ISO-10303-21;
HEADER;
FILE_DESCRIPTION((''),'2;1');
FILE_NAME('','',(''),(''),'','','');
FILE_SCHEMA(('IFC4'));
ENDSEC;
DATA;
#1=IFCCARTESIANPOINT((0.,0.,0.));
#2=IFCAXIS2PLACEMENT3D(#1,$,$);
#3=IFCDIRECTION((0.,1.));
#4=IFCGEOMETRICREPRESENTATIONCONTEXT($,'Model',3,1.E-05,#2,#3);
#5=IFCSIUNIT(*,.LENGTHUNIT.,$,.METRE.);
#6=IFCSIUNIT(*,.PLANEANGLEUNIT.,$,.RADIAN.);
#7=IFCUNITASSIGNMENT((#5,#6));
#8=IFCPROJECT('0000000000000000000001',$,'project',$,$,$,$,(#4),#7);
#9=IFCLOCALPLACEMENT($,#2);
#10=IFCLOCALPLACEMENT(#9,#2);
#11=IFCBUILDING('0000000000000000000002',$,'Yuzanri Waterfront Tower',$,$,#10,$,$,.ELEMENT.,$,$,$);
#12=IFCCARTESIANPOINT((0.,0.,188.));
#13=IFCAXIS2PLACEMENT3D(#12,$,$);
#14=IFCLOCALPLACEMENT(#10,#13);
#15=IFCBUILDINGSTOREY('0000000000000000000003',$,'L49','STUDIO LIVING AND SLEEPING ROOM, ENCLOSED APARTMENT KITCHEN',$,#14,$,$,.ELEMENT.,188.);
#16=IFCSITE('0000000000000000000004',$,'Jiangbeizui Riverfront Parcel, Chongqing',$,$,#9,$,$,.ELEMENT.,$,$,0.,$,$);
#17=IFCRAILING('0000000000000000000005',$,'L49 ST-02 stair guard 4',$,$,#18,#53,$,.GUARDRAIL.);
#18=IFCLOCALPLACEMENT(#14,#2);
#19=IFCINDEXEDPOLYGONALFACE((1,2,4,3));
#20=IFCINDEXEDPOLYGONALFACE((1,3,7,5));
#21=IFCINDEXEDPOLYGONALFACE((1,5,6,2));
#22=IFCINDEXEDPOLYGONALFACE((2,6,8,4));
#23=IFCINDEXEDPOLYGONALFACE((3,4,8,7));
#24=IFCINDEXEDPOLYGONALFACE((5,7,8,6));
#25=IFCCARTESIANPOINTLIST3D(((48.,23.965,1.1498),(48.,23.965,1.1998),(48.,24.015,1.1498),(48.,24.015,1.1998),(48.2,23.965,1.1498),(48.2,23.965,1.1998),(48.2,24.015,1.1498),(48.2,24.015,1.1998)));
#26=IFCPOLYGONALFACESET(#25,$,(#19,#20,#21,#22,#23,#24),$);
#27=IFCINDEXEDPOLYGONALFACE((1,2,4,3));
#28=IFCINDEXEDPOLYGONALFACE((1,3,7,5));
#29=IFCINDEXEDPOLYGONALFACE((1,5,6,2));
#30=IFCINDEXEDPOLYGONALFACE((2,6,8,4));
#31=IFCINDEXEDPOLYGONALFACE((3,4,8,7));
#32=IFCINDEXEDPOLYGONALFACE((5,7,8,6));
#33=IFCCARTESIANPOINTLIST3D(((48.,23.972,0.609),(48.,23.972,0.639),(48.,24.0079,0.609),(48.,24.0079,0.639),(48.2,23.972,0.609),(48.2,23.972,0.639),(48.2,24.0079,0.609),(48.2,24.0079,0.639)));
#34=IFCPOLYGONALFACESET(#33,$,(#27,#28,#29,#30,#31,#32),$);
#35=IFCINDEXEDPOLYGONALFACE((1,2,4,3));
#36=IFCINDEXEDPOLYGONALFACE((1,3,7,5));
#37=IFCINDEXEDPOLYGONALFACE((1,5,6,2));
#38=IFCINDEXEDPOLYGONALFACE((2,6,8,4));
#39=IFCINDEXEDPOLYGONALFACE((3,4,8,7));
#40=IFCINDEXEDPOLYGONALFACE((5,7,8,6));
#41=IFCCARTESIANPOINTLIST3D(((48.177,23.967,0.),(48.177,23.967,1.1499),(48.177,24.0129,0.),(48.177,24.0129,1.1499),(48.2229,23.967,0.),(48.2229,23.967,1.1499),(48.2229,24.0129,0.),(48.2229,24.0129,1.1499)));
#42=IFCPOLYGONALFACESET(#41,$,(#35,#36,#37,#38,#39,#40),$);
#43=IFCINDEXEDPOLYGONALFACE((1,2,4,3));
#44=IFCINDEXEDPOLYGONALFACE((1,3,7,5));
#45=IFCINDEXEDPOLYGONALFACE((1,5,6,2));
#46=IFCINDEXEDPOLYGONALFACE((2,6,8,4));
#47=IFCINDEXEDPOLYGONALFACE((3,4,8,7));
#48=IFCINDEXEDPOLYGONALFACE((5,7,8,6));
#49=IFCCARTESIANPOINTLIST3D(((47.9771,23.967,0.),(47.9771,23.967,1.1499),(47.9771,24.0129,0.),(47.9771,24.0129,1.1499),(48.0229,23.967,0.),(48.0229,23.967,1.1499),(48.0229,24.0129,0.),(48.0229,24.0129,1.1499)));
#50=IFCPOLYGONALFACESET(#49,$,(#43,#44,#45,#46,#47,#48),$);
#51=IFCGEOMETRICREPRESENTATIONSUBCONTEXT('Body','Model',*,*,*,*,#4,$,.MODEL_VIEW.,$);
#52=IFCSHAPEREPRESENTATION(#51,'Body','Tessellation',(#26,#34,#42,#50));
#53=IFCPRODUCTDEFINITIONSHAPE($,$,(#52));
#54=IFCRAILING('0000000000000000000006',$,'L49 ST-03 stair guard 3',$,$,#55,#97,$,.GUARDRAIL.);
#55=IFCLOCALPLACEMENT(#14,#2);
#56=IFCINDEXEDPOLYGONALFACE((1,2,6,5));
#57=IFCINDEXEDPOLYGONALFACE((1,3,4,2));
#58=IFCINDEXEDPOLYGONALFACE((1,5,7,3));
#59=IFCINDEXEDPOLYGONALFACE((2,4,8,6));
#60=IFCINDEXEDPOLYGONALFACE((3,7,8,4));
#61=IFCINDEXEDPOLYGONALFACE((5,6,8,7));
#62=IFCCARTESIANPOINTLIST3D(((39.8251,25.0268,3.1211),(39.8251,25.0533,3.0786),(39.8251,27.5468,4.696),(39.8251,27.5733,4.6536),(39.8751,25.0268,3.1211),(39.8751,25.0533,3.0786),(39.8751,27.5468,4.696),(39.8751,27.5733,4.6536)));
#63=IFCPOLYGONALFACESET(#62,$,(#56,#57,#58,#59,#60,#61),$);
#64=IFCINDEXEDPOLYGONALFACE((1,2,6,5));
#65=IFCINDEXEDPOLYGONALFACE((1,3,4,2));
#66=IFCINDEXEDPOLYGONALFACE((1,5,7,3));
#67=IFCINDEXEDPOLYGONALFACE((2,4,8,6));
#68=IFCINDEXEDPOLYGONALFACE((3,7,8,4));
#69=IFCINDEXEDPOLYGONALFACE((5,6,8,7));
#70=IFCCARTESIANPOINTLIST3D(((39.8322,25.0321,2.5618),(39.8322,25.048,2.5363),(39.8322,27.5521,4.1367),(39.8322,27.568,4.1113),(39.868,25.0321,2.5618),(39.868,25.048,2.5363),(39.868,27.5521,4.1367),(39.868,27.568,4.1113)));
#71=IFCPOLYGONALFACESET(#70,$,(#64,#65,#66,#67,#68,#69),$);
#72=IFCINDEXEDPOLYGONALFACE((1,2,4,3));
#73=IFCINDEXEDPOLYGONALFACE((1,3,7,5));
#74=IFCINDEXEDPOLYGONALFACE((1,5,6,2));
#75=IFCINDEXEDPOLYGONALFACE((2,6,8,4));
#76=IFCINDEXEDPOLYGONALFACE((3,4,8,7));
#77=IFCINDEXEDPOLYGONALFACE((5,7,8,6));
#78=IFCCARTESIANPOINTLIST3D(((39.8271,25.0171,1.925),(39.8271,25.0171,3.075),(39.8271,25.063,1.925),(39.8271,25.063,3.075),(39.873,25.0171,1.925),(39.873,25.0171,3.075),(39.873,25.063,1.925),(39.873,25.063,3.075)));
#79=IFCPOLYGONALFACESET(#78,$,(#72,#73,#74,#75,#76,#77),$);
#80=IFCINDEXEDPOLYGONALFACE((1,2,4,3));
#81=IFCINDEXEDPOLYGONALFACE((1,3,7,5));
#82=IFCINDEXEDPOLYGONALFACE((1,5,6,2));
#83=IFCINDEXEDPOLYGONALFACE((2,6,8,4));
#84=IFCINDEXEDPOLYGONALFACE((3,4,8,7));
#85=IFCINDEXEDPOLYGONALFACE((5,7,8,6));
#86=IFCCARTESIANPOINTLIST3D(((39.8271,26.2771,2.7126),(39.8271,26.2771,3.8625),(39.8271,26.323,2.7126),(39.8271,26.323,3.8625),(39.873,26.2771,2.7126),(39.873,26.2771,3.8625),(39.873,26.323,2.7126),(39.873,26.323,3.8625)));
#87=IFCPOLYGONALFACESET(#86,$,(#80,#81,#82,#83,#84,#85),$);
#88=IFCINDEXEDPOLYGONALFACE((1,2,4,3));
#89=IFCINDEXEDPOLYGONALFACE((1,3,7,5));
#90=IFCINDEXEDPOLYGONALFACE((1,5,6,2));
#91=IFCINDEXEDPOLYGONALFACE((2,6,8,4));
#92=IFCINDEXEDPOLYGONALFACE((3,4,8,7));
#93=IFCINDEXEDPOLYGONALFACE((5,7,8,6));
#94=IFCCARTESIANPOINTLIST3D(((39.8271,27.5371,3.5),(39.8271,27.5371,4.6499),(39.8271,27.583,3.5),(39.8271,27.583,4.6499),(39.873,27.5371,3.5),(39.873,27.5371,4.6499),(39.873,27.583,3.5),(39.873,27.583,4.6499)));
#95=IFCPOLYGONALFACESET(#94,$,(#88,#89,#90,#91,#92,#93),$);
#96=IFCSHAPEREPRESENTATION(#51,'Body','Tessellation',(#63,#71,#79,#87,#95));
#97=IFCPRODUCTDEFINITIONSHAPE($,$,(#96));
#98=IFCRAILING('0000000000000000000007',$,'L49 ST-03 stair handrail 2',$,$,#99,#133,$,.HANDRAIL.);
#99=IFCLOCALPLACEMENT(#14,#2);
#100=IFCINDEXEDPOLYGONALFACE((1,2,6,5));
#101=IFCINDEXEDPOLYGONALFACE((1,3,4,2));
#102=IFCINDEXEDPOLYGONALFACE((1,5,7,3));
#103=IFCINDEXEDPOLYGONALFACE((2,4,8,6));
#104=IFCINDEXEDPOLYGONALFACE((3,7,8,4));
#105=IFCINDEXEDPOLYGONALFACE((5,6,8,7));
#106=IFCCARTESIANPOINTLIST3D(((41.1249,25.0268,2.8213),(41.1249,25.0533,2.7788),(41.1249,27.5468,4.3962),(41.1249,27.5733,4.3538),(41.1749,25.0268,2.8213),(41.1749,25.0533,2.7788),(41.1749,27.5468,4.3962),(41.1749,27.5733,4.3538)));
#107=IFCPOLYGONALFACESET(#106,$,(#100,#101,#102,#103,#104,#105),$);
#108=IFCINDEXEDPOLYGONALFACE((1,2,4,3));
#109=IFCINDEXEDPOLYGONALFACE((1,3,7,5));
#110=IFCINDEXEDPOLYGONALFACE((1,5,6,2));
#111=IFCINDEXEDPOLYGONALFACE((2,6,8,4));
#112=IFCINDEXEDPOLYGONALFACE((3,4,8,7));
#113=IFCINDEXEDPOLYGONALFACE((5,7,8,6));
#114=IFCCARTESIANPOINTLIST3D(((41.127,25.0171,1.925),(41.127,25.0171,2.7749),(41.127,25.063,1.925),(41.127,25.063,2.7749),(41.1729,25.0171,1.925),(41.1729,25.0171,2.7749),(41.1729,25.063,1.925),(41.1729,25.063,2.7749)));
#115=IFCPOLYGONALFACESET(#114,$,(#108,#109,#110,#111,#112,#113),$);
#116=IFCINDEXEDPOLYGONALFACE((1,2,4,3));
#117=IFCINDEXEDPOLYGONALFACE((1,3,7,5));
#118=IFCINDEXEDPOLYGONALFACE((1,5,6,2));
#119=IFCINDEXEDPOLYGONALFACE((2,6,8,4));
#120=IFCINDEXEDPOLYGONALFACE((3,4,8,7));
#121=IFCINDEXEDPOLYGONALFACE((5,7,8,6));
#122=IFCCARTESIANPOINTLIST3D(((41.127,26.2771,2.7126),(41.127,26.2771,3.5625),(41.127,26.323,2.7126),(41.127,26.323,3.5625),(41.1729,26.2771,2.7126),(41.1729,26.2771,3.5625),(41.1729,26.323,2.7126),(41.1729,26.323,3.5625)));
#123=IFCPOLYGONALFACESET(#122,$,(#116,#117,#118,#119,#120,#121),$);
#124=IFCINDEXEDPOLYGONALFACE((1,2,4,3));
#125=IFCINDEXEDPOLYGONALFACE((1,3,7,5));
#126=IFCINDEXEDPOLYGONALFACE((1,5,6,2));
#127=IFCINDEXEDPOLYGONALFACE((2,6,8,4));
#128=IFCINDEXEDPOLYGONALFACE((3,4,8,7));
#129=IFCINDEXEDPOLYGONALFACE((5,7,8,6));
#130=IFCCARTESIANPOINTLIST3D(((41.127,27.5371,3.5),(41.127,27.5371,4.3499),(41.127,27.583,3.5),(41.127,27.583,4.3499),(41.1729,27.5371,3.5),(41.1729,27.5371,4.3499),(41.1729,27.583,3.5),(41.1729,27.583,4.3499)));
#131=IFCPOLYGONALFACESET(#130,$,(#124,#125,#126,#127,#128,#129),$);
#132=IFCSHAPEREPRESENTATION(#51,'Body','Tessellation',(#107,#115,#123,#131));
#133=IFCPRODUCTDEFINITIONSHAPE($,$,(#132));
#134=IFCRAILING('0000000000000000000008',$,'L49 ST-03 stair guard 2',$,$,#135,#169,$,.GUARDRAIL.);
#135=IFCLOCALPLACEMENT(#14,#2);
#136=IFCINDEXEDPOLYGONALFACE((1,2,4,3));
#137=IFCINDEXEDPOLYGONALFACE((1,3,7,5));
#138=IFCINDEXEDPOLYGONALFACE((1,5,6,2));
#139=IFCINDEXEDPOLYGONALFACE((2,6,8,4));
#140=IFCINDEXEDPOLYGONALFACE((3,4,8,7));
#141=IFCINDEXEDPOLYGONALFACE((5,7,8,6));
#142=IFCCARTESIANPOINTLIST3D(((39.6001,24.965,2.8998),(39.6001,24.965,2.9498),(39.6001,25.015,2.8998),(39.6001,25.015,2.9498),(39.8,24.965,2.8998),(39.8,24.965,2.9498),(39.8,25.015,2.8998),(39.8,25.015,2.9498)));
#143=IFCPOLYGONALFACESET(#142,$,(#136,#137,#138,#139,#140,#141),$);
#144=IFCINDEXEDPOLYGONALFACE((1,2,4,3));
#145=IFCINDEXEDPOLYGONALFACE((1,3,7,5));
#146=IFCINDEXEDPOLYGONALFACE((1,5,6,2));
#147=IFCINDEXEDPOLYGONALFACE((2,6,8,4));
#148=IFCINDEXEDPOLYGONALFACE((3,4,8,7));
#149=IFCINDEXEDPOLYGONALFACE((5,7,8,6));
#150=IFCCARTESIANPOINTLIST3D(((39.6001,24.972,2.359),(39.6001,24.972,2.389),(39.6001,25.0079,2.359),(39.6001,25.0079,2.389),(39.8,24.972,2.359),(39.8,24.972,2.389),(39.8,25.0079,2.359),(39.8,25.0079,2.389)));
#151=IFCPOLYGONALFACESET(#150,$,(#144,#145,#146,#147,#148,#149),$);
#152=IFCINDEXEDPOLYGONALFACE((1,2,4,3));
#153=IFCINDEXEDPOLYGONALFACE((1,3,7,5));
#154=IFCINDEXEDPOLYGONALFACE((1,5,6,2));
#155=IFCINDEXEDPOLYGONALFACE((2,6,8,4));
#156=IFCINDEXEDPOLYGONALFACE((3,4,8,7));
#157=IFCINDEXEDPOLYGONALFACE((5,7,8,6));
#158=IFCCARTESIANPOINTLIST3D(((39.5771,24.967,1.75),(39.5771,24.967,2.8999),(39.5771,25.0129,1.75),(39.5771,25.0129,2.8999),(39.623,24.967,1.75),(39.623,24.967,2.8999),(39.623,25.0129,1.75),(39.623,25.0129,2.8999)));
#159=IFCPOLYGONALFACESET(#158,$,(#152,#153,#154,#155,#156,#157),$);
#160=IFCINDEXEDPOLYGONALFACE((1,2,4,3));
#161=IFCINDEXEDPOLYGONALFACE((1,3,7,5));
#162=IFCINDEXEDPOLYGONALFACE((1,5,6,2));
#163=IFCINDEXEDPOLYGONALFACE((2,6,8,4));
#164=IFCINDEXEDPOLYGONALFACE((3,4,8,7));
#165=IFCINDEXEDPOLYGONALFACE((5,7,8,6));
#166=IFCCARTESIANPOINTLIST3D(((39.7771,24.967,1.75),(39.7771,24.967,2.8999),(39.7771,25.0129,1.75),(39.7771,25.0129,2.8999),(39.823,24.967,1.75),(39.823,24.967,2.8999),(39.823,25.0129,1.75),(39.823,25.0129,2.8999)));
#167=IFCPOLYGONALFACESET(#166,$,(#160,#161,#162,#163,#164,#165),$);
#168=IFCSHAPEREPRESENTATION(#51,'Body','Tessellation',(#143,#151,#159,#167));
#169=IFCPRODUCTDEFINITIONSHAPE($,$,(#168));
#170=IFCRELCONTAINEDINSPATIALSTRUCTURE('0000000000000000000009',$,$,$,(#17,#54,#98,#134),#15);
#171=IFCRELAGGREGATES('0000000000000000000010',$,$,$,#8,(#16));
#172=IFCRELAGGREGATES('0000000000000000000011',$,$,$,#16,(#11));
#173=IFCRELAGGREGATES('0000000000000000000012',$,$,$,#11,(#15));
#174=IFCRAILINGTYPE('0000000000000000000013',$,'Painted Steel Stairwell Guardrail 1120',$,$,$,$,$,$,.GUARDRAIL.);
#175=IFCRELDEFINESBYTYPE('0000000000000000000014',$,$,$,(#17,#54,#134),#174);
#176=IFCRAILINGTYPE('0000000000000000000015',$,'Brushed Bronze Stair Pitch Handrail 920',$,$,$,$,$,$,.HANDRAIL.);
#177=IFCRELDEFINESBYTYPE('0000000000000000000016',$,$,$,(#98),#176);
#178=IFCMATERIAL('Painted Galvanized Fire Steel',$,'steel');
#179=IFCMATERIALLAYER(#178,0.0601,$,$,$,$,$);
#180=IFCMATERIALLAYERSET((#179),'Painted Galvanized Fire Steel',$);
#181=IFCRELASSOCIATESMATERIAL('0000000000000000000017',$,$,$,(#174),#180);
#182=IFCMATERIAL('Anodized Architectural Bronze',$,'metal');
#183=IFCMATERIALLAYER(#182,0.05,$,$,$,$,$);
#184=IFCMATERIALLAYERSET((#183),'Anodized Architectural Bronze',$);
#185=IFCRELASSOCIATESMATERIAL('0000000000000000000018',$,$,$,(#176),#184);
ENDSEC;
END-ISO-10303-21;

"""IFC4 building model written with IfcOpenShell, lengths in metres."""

from ifc_helpers import new_model, si_unit, direction, frame, origin, origin_2d, place, context, subcontext, project, spatial, rectangle, extrude, source, transform, mapped, material, layer, layer_set, type_object, element, save


model = new_model("IFC4")

# Units and contexts
model_context = context("Model", 3, precision=1e-05, world=origin(), true_north=direction((0.0, 1.0)))
body_context = subcontext(model_context, "Body", "Model", "MODEL_VIEW")
ifc_project = project(units=[si_unit("LENGTHUNIT", "METRE"), si_unit("PLANEANGLEUNIT", "RADIAN")], contexts=[model_context])

# Site, building, storey
site_placement = place(None, origin())
site = spatial("IfcSite", under=ifc_project, at=site_placement, Name="Jiangbeizui Riverfront Parcel, Chongqing", CompositionType="ELEMENT", RefElevation=0.0)
building_placement = place(site_placement, origin())
building = spatial("IfcBuilding", under=site, at=building_placement, Name="Yuzanri Waterfront Tower", CompositionType="ELEMENT")
storey_placement = place(building_placement, frame((0.0, 0.0, 188.0)))
storey = spatial("IfcBuildingStorey", under=building, at=storey_placement, Name="L49", Description="STUDIO LIVING AND SLEEPING ROOM, ENCLOSED APARTMENT KITCHEN", CompositionType="ELEMENT", Elevation=188.0)

# Railings
ifc_material_1 = material(Name="Painted Galvanized Fire Steel", Category="steel")
ifc_layer_1 = layer(ifc_material_1, 0.0601)
ifc_layer_set_1 = layer_set([ifc_layer_1], Name="Painted Galvanized Fire Steel")
railing_type_1 = type_object("IfcRailingType", Name="Painted Steel Stairwell Guardrail 1120", PredefinedType="GUARDRAIL", material=ifc_layer_set_1)
shared_shape_1 = source(origin(), body_context, "Body", "SweptSolid", [
    extrude(rectangle(XDim=0.05, YDim=0.05, at=origin_2d()), frame((0.0, 0.0, 1.1748), z_axis=(-1.0, 0.0, 0.0), x_axis=(0.0, -1.0, 0.0)), (0.0, 0.0, 1.0), 0.2),
    extrude(rectangle(XDim=0.0359, YDim=0.03, at=origin_2d()), frame((0.0, 0.0, 0.624), z_axis=(-1.0, 0.0, 0.0), x_axis=(0.0, -1.0, 0.0)), (0.0, 0.0, 1.0), 0.2),
    extrude(rectangle(XDim=0.0459, YDim=0.0459, at=origin_2d()), origin(), (0.0, 0.0, 1.0), 1.1499),
    extrude(rectangle(XDim=0.0459, YDim=0.0459, at=origin_2d()), frame((-0.2, 0.0, 0.0)), (0.0, 0.0, 1.0), 1.1499),
])
railing_1_placement = place(storey_placement, frame((48.2, 23.99, 0.0)))
element("IfcRailing", 1, at=railing_1_placement, inside=storey, type_object=railing_type_1, Name="L49 ST-02 stair guard 4", PredefinedType="GUARDRAIL", context=body_context, shape_type="MappedRepresentation", body=[
    mapped(shared_shape_1, transform((0.0, 0.0, 0.0), scale=1.0)),
])
shared_shape_2 = source(origin(), body_context, "Body", "SweptSolid", [
    extrude(rectangle(XDim=0.05, YDim=0.05, at=origin_2d()), frame((0.0, 0.0, 1.1748), z_axis=(0.0, 0.848008, 0.529984), x_axis=(-1.0, 0.0, 0.0)), (0.0, 0.0, 1.0), 2.9717),
    extrude(rectangle(XDim=0.0359, YDim=0.03, at=origin_2d()), frame((0.0, 0.0, 0.624), z_axis=(0.0, 0.848008, 0.529984), x_axis=(-1.0, 0.0, 0.0)), (0.0, 0.0, 1.0), 2.9717),
    extrude(rectangle(XDim=0.0459, YDim=0.0459, at=origin_2d()), origin(), (0.0, 0.0, 1.0), 1.1499),
    extrude(rectangle(XDim=0.0459, YDim=0.0459, at=origin_2d()), frame((0.0, 1.26, 0.7876)), (0.0, 0.0, 1.0), 1.1499),
    extrude(rectangle(XDim=0.0459, YDim=0.0459, at=origin_2d()), frame((0.0, 2.52, 1.575)), (0.0, 0.0, 1.0), 1.1499),
])
railing_2_placement = place(storey_placement, frame((39.8501, 25.04, 1.925)))
element("IfcRailing", 2, at=railing_2_placement, inside=storey, type_object=railing_type_1, Name="L49 ST-03 stair guard 3", PredefinedType="GUARDRAIL", context=body_context, shape_type="MappedRepresentation", body=[
    mapped(shared_shape_2, transform((0.0, 0.0, 0.0), scale=1.0)),
])
ifc_material_2 = material(Name="Anodized Architectural Bronze", Category="metal")
ifc_layer_2 = layer(ifc_material_2, 0.05)
ifc_layer_set_2 = layer_set([ifc_layer_2], Name="Anodized Architectural Bronze")
railing_type_2 = type_object("IfcRailingType", Name="Brushed Bronze Stair Pitch Handrail 920", PredefinedType="HANDRAIL", material=ifc_layer_set_2)
shared_shape_3 = source(origin(), body_context, "Body", "SweptSolid", [
    extrude(rectangle(XDim=0.05, YDim=0.05, at=origin_2d()), frame((0.0, 0.0, 0.875), z_axis=(0.0, 0.848008, 0.529984), x_axis=(-1.0, 0.0, 0.0)), (0.0, 0.0, 1.0), 2.9717),
    extrude(rectangle(XDim=0.0459, YDim=0.0459, at=origin_2d()), origin(), (0.0, 0.0, 1.0), 0.8499),
    extrude(rectangle(XDim=0.0459, YDim=0.0459, at=origin_2d()), frame((0.0, 1.26, 0.7876)), (0.0, 0.0, 1.0), 0.8499),
    extrude(rectangle(XDim=0.0459, YDim=0.0459, at=origin_2d()), frame((0.0, 2.52, 1.575)), (0.0, 0.0, 1.0), 0.8499),
])
railing_3_placement = place(storey_placement, frame((41.1499, 25.04, 1.925)))
element("IfcRailing", 3, at=railing_3_placement, inside=storey, type_object=railing_type_2, Name="L49 ST-03 stair handrail 2", PredefinedType="HANDRAIL", context=body_context, shape_type="MappedRepresentation", body=[
    mapped(shared_shape_3, transform((0.0, 0.0, 0.0), scale=1.0)),
])
shared_shape_4 = source(origin(), body_context, "Body", "SweptSolid", [
    extrude(rectangle(XDim=0.05, YDim=0.05, at=origin_2d()), frame((0.0, 0.0, 1.1748), z_axis=(1.0, 0.0, 0.0), x_axis=(0.0, 1.0, 0.0)), (0.0, 0.0, 1.0), 0.2),
    extrude(rectangle(XDim=0.0359, YDim=0.03, at=origin_2d()), frame((0.0, 0.0, 0.624), z_axis=(1.0, 0.0, 0.0), x_axis=(0.0, 1.0, 0.0)), (0.0, 0.0, 1.0), 0.2),
    extrude(rectangle(XDim=0.0459, YDim=0.0459, at=origin_2d()), origin(), (0.0, 0.0, 1.0), 1.1499),
    extrude(rectangle(XDim=0.0459, YDim=0.0459, at=origin_2d()), frame((0.2, 0.0, 0.0)), (0.0, 0.0, 1.0), 1.1499),
])
railing_4_placement = place(storey_placement, frame((39.6001, 24.99, 1.75)))
element("IfcRailing", 4, at=railing_4_placement, inside=storey, type_object=railing_type_1, Name="L49 ST-03 stair guard 2", PredefinedType="GUARDRAIL", context=body_context, shape_type="MappedRepresentation", body=[
    mapped(shared_shape_4, transform((0.0, 0.0, 0.0), scale=1.0)),
])

save(model, "model.ifc")
